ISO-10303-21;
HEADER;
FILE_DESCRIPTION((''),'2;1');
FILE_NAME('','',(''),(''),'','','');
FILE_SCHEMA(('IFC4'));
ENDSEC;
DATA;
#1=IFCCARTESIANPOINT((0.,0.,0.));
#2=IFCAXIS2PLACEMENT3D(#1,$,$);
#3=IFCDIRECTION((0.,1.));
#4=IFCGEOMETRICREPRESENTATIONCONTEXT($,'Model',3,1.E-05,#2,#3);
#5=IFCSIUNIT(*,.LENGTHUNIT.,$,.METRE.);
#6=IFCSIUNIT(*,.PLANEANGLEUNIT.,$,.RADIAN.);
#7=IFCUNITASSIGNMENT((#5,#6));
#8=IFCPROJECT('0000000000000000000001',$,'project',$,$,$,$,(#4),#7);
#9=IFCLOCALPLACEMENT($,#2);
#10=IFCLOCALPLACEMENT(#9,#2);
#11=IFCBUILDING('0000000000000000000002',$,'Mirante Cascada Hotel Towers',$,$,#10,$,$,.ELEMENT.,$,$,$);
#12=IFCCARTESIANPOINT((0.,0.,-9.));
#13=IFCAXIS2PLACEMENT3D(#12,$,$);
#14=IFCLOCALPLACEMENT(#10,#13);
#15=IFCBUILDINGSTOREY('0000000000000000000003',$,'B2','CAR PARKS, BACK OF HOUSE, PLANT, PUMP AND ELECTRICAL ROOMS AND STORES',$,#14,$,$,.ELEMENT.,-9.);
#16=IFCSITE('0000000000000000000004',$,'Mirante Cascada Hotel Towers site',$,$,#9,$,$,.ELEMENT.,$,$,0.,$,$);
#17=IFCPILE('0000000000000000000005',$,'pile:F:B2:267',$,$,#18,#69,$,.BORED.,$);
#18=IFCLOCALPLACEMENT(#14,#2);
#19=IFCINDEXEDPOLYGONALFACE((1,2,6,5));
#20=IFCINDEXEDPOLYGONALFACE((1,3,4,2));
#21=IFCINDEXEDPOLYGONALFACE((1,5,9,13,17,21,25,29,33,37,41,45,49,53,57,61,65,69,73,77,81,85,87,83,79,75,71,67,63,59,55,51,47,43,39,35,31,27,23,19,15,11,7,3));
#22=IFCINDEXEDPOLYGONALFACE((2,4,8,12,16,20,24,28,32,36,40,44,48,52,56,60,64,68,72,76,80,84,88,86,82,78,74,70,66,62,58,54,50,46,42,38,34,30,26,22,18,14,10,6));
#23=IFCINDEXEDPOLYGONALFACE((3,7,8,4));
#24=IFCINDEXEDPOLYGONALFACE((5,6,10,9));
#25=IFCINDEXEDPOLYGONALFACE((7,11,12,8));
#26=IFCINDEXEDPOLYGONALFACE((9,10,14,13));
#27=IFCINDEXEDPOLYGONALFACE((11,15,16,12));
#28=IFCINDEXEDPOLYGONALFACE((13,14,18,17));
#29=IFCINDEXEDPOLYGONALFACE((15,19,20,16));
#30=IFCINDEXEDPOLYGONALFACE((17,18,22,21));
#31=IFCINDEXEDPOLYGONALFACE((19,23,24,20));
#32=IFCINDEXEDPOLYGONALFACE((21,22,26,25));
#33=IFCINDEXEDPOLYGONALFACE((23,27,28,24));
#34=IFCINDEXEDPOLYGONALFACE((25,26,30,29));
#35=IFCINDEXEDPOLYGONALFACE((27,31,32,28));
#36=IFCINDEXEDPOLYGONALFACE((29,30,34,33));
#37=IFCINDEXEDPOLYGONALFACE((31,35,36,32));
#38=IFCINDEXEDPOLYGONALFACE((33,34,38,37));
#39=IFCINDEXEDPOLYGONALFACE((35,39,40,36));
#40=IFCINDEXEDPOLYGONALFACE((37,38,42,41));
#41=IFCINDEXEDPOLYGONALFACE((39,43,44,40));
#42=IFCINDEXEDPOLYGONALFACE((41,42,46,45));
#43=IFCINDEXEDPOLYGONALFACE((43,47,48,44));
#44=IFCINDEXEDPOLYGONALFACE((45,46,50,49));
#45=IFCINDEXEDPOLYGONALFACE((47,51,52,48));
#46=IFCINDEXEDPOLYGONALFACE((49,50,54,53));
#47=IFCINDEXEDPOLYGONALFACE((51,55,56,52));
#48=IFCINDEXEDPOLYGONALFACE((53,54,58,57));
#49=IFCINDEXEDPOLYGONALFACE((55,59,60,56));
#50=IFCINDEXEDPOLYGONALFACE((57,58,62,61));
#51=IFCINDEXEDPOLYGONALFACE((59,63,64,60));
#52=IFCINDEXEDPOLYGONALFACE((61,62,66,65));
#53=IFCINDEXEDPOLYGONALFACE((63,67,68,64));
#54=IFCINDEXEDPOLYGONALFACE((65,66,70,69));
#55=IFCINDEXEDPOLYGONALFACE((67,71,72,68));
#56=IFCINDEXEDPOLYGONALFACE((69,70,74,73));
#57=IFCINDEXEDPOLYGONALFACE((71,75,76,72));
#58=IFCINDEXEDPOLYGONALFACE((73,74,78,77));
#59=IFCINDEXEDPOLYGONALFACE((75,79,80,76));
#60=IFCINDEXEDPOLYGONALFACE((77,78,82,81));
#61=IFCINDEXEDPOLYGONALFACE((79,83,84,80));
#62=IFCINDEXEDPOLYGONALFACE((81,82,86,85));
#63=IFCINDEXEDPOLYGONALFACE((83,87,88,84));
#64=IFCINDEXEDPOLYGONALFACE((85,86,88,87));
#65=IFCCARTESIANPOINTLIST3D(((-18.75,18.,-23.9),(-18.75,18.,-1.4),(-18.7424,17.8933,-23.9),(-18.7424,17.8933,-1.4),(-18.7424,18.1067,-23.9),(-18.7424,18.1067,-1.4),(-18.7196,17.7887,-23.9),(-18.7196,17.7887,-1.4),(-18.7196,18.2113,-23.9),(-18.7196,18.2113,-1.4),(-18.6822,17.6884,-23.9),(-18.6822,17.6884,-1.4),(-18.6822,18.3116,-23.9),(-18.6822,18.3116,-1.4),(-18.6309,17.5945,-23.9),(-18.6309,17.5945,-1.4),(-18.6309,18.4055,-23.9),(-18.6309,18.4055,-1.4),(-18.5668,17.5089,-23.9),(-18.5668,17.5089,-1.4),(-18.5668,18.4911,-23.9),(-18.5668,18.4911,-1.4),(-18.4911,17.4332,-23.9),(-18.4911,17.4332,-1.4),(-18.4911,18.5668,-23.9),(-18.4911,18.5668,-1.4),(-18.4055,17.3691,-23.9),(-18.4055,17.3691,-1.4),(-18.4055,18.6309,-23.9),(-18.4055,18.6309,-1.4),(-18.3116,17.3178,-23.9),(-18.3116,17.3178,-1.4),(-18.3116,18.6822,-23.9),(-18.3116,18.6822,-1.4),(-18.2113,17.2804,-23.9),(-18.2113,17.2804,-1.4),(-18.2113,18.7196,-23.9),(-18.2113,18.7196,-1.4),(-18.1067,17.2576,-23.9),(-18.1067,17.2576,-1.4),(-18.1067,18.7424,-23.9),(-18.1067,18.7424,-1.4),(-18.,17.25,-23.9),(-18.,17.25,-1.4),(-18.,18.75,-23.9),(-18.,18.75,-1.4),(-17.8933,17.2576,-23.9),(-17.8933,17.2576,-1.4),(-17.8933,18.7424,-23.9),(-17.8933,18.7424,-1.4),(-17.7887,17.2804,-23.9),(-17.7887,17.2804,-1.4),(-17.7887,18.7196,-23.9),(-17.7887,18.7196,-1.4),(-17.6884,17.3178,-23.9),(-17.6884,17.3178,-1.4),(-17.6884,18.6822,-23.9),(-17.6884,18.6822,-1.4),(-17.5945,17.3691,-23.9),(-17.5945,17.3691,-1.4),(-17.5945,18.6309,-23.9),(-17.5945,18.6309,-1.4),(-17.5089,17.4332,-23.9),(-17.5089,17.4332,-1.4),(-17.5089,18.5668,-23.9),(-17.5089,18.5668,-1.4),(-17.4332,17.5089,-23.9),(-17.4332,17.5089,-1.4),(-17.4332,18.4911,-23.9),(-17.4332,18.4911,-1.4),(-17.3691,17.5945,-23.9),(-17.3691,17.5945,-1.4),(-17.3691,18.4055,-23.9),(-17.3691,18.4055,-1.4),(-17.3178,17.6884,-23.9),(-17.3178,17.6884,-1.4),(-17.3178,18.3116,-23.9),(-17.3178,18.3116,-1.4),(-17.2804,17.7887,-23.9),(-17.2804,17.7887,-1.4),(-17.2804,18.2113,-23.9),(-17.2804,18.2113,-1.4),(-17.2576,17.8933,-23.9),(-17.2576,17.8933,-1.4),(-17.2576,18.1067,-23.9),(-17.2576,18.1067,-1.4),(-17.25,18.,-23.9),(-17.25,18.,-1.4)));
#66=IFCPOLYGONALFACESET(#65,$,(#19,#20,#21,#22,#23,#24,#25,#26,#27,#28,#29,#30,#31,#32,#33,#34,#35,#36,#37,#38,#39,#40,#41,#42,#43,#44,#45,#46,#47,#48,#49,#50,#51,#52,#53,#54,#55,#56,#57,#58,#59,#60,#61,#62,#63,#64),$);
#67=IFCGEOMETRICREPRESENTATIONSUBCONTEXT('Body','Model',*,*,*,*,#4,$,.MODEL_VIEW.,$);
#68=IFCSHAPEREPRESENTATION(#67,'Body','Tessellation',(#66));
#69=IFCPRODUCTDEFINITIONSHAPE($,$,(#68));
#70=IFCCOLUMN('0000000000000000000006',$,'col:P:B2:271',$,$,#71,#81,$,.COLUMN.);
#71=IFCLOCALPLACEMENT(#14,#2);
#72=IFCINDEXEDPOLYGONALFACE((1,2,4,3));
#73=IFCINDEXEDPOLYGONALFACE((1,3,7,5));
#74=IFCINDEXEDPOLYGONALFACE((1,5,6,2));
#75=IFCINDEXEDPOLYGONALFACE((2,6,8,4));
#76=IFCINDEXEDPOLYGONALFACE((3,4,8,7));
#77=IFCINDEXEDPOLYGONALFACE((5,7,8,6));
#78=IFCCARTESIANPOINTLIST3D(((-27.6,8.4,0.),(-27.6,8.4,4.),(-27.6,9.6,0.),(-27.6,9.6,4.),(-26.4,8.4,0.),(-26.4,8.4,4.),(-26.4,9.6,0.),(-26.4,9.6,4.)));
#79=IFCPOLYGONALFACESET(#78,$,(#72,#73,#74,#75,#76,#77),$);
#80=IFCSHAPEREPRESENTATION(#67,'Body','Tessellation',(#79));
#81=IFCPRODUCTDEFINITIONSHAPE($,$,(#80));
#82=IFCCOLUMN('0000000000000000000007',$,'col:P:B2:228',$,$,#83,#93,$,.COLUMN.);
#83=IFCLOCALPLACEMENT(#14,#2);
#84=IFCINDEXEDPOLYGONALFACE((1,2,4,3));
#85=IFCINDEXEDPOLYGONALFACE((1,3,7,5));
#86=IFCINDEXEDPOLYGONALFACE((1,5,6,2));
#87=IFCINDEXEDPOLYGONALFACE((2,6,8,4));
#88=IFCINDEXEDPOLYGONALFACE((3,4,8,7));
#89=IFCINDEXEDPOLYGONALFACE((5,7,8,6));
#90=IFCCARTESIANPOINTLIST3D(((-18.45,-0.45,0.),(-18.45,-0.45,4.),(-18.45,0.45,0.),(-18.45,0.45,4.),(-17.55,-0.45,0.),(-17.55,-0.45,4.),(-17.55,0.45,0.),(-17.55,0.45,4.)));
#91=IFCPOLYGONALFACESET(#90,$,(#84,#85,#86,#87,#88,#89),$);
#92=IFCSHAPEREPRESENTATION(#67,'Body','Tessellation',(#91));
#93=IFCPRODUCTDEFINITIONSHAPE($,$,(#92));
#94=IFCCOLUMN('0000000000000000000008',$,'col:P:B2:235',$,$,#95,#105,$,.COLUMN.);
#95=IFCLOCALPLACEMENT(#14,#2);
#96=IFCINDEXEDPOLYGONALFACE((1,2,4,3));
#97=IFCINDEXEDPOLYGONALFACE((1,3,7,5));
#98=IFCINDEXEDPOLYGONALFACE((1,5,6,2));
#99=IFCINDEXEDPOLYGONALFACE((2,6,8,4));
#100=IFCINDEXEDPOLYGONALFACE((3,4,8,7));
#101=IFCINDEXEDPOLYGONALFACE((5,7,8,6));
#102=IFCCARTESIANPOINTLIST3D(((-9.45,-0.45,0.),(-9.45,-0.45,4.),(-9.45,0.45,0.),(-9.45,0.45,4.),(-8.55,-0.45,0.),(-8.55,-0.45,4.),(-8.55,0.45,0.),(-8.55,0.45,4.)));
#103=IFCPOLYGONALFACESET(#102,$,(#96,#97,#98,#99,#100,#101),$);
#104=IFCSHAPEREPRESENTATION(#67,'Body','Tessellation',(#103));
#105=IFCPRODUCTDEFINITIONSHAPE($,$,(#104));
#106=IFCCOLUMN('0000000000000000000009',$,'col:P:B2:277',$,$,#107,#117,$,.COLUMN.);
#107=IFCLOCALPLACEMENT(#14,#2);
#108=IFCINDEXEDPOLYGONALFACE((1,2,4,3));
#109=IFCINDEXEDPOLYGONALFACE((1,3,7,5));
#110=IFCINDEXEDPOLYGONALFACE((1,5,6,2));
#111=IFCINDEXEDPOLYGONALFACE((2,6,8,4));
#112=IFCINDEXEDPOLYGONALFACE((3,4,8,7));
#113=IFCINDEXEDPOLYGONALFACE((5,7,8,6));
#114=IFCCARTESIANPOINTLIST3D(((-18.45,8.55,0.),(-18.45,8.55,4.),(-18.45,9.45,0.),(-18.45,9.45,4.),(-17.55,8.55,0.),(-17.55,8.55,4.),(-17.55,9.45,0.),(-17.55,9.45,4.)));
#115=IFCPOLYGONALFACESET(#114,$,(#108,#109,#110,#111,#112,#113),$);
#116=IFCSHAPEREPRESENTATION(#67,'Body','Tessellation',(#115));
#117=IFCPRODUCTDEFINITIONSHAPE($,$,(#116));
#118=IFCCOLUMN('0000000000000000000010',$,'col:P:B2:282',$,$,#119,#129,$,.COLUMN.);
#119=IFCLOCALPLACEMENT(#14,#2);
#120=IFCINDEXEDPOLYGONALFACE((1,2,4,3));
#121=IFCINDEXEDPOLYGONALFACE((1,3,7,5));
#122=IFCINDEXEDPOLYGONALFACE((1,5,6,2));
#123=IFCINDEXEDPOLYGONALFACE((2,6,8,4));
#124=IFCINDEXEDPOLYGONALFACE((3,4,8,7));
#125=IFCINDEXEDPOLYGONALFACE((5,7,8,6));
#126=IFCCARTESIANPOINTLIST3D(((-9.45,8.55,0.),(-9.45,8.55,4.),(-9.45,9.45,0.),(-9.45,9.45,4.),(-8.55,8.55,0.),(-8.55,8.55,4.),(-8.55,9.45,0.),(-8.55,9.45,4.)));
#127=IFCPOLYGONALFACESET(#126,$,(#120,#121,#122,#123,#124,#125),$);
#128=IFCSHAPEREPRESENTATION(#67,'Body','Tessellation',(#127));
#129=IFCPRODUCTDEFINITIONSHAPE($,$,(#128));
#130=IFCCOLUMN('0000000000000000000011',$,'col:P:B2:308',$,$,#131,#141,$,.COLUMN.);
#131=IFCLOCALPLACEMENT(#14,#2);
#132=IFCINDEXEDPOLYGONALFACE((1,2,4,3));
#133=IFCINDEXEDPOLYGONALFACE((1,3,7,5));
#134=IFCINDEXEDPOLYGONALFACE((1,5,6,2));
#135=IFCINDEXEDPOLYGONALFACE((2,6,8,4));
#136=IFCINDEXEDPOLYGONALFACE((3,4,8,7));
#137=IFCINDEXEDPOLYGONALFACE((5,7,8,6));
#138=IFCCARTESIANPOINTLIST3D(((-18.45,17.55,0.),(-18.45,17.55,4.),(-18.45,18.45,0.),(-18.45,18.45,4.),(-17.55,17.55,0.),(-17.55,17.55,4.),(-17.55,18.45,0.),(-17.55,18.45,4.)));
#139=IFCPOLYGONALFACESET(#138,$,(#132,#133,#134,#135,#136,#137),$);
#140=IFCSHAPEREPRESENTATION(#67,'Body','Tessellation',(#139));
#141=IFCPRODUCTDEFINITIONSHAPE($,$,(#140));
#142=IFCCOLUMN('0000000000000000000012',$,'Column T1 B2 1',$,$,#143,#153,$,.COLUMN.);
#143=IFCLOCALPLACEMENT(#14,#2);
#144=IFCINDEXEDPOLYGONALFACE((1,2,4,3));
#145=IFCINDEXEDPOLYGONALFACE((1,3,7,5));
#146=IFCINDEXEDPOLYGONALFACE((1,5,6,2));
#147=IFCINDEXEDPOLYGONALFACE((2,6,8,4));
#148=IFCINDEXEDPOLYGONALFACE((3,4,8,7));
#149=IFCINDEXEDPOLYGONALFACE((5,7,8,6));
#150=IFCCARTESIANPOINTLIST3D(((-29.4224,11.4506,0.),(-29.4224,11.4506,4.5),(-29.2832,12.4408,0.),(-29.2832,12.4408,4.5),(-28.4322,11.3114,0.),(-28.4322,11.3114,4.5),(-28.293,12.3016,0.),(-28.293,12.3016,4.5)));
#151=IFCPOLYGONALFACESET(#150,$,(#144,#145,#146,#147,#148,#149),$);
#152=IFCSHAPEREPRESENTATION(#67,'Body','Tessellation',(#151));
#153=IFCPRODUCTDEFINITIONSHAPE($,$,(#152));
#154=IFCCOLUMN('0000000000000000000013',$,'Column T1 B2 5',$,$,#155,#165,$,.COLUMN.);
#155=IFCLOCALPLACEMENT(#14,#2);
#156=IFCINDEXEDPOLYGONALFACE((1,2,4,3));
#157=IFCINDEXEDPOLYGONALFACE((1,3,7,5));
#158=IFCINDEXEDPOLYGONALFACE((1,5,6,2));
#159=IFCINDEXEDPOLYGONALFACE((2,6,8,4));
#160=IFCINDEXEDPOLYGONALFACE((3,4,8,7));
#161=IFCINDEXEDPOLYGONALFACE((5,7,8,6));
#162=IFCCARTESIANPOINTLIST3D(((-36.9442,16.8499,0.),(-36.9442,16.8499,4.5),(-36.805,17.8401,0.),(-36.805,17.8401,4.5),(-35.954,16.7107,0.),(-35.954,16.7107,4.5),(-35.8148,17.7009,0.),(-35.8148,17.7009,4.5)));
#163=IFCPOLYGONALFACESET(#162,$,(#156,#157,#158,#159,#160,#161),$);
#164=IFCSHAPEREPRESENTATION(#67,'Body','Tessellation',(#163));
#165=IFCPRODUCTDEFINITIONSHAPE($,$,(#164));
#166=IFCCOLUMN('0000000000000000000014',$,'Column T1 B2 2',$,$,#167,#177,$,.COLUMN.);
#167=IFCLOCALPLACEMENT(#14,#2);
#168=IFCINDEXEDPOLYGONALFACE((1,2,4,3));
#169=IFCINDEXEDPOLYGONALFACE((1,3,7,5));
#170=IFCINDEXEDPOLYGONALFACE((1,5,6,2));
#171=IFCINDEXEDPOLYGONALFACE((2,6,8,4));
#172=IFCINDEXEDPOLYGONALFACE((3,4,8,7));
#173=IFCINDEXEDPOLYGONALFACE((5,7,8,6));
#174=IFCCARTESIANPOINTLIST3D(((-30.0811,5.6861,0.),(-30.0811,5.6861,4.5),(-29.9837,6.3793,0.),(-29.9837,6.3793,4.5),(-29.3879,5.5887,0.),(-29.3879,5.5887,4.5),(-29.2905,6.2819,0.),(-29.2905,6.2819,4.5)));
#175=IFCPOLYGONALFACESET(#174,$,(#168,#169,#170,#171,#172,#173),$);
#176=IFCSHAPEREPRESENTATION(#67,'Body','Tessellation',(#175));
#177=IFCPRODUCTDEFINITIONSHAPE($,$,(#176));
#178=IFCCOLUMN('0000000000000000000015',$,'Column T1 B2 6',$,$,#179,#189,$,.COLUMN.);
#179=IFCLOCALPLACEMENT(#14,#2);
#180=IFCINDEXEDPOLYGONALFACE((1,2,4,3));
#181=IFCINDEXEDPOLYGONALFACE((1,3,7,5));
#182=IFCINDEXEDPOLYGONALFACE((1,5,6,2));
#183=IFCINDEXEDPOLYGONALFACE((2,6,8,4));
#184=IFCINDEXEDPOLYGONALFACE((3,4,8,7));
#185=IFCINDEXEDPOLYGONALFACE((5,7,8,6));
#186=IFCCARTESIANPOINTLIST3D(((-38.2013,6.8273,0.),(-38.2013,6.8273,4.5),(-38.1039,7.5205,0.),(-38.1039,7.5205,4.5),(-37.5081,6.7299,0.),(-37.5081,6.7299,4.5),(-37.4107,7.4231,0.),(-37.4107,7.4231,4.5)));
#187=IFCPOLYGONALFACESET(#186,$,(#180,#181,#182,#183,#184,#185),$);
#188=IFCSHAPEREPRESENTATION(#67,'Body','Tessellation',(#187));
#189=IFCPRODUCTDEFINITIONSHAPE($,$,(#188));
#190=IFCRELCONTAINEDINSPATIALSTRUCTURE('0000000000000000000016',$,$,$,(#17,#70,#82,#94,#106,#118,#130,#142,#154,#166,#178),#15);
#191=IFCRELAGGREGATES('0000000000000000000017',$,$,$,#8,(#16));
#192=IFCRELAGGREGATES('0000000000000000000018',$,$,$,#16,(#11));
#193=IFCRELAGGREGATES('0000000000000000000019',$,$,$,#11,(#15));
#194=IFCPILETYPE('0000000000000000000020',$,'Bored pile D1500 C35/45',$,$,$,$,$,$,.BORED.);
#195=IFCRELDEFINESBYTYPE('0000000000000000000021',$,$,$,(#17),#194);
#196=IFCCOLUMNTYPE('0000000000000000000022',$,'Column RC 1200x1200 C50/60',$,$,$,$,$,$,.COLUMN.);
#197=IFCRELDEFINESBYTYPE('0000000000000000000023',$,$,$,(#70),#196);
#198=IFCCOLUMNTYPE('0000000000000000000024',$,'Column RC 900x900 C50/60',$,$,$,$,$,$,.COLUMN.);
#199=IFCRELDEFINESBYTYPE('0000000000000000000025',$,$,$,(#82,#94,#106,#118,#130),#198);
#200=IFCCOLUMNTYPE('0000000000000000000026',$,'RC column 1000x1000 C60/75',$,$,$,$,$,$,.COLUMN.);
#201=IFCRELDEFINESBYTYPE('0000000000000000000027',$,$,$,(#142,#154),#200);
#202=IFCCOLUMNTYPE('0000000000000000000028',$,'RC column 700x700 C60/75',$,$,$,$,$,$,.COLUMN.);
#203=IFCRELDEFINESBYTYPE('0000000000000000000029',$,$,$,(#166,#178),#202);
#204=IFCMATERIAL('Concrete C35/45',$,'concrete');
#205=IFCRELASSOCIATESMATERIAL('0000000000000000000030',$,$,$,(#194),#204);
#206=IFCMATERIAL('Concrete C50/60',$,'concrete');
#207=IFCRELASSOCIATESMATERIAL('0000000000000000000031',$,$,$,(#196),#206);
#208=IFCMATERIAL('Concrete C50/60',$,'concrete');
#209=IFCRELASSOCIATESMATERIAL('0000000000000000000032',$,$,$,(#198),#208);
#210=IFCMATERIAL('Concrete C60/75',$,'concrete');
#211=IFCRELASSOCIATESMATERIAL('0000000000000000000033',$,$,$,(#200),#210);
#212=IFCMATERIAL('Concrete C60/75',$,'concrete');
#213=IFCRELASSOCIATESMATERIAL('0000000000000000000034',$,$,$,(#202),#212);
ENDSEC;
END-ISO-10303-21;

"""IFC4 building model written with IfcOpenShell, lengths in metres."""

from ifc_helpers import new_model, si_unit, direction, frame, origin, origin_2d, place, context, subcontext, project, spatial, rectangle, circle, extrude, material, material_profile, profile_set, type_object, element, save


model = new_model("IFC4")

# Units and contexts
model_context = context("Model", 3, precision=1e-05, world=origin(), true_north=direction((0.0, 1.0)))
body_context = subcontext(model_context, "Body", "Model", "MODEL_VIEW")
ifc_project = project(units=[si_unit("LENGTHUNIT", "METRE"), si_unit("PLANEANGLEUNIT", "RADIAN")], contexts=[model_context])

# Site, building, storey
site_placement = place(None, origin())
site = spatial("IfcSite", under=ifc_project, at=site_placement, Name="Mirante Cascada Hotel Towers site", CompositionType="ELEMENT", RefElevation=0.0)
building_placement = place(site_placement, origin())
building = spatial("IfcBuilding", under=site, at=building_placement, Name="Mirante Cascada Hotel Towers", CompositionType="ELEMENT")
storey_placement = place(building_placement, frame((0.0, 0.0, -9.0)))
storey = spatial("IfcBuildingStorey", under=building, at=storey_placement, Name="B2", Description="CAR PARKS, BACK OF HOUSE, PLANT, PUMP AND ELECTRICAL ROOMS AND STORES", CompositionType="ELEMENT", Elevation=-9.0)

# Pile
ifc_material_1 = material(Name="Concrete C35/45", Category="concrete")
ifc_material_profile_1 = material_profile(ifc_material_1, circle(Radius=0.75, at=origin_2d()), Name="RC D1500")
ifc_profile_set_1 = profile_set([ifc_material_profile_1], Name="Concrete C35/45")
pile_type = type_object("IfcPileType", Name="Bored pile D1500 C35/45", PredefinedType="BORED", material=ifc_profile_set_1)
for number, where, z_axis, x_axis, name in (
    (1, (-18.0, 18.0, -1.4), (0.0, 0.0, -1.0), (1.0, 0.0, 0.0), "pile:F:B2:267"),
):
    element("IfcPile", number, at=place(storey_placement, frame(where, z_axis=z_axis, x_axis=x_axis)), inside=storey, type_object=pile_type, Name=name, PredefinedType="BORED", context=body_context, shape_type="SweptSolid", body=[
        extrude(circle(Radius=0.75, at=origin_2d()), origin(), (0.0, 0.0, 1.0), 22.5),
    ])

# Columns
ifc_material_2 = material(Name="Concrete C50/60", Category="concrete")
ifc_material_profile_2 = material_profile(ifc_material_2, rectangle(XDim=1.2, YDim=1.2, at=origin_2d()), Name="RC 1200x1200")
ifc_profile_set_2 = profile_set([ifc_material_profile_2], Name="Concrete C50/60")
column_type_1 = type_object("IfcColumnType", Name="Column RC 1200x1200 C50/60", PredefinedType="COLUMN", material=ifc_profile_set_2)
column_placement = place(storey_placement, frame((-27.0, 9.0, 0.0), z_axis=(0.0, 0.0, 1.0), x_axis=(1.0, 0.0, 0.0)))
element("IfcColumn", 2, at=column_placement, inside=storey, type_object=column_type_1, Name="col:P:B2:271", PredefinedType="COLUMN", context=body_context, shape_type="SweptSolid", body=[
    extrude(rectangle(XDim=1.2, YDim=1.2, at=origin_2d()), origin(), (0.0, 0.0, 1.0), 4.0),
])
ifc_material_3 = material(Name="Concrete C50/60", Category="concrete")
ifc_material_profile_3 = material_profile(ifc_material_3, rectangle(XDim=0.9, YDim=0.9, at=origin_2d()), Name="RC 900x900")
ifc_profile_set_3 = profile_set([ifc_material_profile_3], Name="Concrete C50/60")
column_type_2 = type_object("IfcColumnType", Name="Column RC 900x900 C50/60", PredefinedType="COLUMN", material=ifc_profile_set_3)
for number, where, z_axis, x_axis, name in (
    (3, (-18.0, 0.0, 0.0), (0.0, 0.0, 1.0), (1.0, 0.0, 0.0), "col:P:B2:228"),
    (4, (-9.0, 0.0, 0.0), (0.0, 0.0, 1.0), (1.0, 0.0, 0.0), "col:P:B2:235"),
    (5, (-18.0, 9.0, 0.0), (0.0, 0.0, 1.0), (1.0, 0.0, 0.0), "col:P:B2:277"),
    (6, (-9.0, 9.0, 0.0), (0.0, 0.0, 1.0), (1.0, 0.0, 0.0), "col:P:B2:282"),
    (7, (-18.0, 18.0, 0.0), (0.0, 0.0, 1.0), (1.0, 0.0, 0.0), "col:P:B2:308"),
):
    element("IfcColumn", number, at=place(storey_placement, frame(where, z_axis=z_axis, x_axis=x_axis)), inside=storey, type_object=column_type_2, Name=name, PredefinedType="COLUMN", context=body_context, shape_type="SweptSolid", body=[
        extrude(rectangle(XDim=0.9, YDim=0.9, at=origin_2d()), origin(), (0.0, 0.0, 1.0), 4.0),
    ])
ifc_material_4 = material(Name="Concrete C60/75", Category="concrete")
ifc_material_profile_4 = material_profile(ifc_material_4, rectangle(XDim=1.0, YDim=1.0, at=origin_2d()), Name="RC column 1000x1000 C60/75")
ifc_profile_set_4 = profile_set([ifc_material_profile_4], Name="Concrete C60/75")
column_type_3 = type_object("IfcColumnType", Name="RC column 1000x1000 C60/75", PredefinedType="COLUMN", material=ifc_profile_set_4)
for number, where, z_axis, x_axis, name in (
    (8, (-28.8577, 11.8761, 0.0), (0.0, 0.0, 1.0), (-0.990268, 0.139173, 0.0), "Column T1 B2 1"),
    (9, (-36.3795, 17.2754, 0.0), (0.0, 0.0, 1.0), (-0.990268, 0.139173, 0.0), "Column T1 B2 5"),
):
    element("IfcColumn", number, at=place(storey_placement, frame(where, z_axis=z_axis, x_axis=x_axis)), inside=storey, type_object=column_type_3, Name=name, PredefinedType="COLUMN", context=body_context, shape_type="SweptSolid", body=[
        extrude(rectangle(XDim=1.0, YDim=1.0, at=origin_2d()), origin(), (0.0, 0.0, 1.0), 4.5),
    ])
ifc_material_5 = material(Name="Concrete C60/75", Category="concrete")
ifc_material_profile_5 = material_profile(ifc_material_5, rectangle(XDim=0.7, YDim=0.7, at=origin_2d()), Name="RC column 700x700 C60/75")
ifc_profile_set_5 = profile_set([ifc_material_profile_5], Name="Concrete C60/75")
column_type_4 = type_object("IfcColumnType", Name="RC column 700x700 C60/75", PredefinedType="COLUMN", material=ifc_profile_set_5)
for number, where, z_axis, x_axis, name in (
    (10, (-29.6858, 5.984, 0.0), (0.0, 0.0, 1.0), (-0.990268, 0.139173, 0.0), "Column T1 B2 2"),
    (11, (-37.806, 7.1252, 0.0), (0.0, 0.0, 1.0), (-0.990268, 0.139173, 0.0), "Column T1 B2 6"),
):
    element("IfcColumn", number, at=place(storey_placement, frame(where, z_axis=z_axis, x_axis=x_axis)), inside=storey, type_object=column_type_4, Name=name, PredefinedType="COLUMN", context=body_context, shape_type="SweptSolid", body=[
        extrude(rectangle(XDim=0.7, YDim=0.7, at=origin_2d()), origin(), (0.0, 0.0, 1.0), 4.5),
    ])

save(model, "model.ifc")
